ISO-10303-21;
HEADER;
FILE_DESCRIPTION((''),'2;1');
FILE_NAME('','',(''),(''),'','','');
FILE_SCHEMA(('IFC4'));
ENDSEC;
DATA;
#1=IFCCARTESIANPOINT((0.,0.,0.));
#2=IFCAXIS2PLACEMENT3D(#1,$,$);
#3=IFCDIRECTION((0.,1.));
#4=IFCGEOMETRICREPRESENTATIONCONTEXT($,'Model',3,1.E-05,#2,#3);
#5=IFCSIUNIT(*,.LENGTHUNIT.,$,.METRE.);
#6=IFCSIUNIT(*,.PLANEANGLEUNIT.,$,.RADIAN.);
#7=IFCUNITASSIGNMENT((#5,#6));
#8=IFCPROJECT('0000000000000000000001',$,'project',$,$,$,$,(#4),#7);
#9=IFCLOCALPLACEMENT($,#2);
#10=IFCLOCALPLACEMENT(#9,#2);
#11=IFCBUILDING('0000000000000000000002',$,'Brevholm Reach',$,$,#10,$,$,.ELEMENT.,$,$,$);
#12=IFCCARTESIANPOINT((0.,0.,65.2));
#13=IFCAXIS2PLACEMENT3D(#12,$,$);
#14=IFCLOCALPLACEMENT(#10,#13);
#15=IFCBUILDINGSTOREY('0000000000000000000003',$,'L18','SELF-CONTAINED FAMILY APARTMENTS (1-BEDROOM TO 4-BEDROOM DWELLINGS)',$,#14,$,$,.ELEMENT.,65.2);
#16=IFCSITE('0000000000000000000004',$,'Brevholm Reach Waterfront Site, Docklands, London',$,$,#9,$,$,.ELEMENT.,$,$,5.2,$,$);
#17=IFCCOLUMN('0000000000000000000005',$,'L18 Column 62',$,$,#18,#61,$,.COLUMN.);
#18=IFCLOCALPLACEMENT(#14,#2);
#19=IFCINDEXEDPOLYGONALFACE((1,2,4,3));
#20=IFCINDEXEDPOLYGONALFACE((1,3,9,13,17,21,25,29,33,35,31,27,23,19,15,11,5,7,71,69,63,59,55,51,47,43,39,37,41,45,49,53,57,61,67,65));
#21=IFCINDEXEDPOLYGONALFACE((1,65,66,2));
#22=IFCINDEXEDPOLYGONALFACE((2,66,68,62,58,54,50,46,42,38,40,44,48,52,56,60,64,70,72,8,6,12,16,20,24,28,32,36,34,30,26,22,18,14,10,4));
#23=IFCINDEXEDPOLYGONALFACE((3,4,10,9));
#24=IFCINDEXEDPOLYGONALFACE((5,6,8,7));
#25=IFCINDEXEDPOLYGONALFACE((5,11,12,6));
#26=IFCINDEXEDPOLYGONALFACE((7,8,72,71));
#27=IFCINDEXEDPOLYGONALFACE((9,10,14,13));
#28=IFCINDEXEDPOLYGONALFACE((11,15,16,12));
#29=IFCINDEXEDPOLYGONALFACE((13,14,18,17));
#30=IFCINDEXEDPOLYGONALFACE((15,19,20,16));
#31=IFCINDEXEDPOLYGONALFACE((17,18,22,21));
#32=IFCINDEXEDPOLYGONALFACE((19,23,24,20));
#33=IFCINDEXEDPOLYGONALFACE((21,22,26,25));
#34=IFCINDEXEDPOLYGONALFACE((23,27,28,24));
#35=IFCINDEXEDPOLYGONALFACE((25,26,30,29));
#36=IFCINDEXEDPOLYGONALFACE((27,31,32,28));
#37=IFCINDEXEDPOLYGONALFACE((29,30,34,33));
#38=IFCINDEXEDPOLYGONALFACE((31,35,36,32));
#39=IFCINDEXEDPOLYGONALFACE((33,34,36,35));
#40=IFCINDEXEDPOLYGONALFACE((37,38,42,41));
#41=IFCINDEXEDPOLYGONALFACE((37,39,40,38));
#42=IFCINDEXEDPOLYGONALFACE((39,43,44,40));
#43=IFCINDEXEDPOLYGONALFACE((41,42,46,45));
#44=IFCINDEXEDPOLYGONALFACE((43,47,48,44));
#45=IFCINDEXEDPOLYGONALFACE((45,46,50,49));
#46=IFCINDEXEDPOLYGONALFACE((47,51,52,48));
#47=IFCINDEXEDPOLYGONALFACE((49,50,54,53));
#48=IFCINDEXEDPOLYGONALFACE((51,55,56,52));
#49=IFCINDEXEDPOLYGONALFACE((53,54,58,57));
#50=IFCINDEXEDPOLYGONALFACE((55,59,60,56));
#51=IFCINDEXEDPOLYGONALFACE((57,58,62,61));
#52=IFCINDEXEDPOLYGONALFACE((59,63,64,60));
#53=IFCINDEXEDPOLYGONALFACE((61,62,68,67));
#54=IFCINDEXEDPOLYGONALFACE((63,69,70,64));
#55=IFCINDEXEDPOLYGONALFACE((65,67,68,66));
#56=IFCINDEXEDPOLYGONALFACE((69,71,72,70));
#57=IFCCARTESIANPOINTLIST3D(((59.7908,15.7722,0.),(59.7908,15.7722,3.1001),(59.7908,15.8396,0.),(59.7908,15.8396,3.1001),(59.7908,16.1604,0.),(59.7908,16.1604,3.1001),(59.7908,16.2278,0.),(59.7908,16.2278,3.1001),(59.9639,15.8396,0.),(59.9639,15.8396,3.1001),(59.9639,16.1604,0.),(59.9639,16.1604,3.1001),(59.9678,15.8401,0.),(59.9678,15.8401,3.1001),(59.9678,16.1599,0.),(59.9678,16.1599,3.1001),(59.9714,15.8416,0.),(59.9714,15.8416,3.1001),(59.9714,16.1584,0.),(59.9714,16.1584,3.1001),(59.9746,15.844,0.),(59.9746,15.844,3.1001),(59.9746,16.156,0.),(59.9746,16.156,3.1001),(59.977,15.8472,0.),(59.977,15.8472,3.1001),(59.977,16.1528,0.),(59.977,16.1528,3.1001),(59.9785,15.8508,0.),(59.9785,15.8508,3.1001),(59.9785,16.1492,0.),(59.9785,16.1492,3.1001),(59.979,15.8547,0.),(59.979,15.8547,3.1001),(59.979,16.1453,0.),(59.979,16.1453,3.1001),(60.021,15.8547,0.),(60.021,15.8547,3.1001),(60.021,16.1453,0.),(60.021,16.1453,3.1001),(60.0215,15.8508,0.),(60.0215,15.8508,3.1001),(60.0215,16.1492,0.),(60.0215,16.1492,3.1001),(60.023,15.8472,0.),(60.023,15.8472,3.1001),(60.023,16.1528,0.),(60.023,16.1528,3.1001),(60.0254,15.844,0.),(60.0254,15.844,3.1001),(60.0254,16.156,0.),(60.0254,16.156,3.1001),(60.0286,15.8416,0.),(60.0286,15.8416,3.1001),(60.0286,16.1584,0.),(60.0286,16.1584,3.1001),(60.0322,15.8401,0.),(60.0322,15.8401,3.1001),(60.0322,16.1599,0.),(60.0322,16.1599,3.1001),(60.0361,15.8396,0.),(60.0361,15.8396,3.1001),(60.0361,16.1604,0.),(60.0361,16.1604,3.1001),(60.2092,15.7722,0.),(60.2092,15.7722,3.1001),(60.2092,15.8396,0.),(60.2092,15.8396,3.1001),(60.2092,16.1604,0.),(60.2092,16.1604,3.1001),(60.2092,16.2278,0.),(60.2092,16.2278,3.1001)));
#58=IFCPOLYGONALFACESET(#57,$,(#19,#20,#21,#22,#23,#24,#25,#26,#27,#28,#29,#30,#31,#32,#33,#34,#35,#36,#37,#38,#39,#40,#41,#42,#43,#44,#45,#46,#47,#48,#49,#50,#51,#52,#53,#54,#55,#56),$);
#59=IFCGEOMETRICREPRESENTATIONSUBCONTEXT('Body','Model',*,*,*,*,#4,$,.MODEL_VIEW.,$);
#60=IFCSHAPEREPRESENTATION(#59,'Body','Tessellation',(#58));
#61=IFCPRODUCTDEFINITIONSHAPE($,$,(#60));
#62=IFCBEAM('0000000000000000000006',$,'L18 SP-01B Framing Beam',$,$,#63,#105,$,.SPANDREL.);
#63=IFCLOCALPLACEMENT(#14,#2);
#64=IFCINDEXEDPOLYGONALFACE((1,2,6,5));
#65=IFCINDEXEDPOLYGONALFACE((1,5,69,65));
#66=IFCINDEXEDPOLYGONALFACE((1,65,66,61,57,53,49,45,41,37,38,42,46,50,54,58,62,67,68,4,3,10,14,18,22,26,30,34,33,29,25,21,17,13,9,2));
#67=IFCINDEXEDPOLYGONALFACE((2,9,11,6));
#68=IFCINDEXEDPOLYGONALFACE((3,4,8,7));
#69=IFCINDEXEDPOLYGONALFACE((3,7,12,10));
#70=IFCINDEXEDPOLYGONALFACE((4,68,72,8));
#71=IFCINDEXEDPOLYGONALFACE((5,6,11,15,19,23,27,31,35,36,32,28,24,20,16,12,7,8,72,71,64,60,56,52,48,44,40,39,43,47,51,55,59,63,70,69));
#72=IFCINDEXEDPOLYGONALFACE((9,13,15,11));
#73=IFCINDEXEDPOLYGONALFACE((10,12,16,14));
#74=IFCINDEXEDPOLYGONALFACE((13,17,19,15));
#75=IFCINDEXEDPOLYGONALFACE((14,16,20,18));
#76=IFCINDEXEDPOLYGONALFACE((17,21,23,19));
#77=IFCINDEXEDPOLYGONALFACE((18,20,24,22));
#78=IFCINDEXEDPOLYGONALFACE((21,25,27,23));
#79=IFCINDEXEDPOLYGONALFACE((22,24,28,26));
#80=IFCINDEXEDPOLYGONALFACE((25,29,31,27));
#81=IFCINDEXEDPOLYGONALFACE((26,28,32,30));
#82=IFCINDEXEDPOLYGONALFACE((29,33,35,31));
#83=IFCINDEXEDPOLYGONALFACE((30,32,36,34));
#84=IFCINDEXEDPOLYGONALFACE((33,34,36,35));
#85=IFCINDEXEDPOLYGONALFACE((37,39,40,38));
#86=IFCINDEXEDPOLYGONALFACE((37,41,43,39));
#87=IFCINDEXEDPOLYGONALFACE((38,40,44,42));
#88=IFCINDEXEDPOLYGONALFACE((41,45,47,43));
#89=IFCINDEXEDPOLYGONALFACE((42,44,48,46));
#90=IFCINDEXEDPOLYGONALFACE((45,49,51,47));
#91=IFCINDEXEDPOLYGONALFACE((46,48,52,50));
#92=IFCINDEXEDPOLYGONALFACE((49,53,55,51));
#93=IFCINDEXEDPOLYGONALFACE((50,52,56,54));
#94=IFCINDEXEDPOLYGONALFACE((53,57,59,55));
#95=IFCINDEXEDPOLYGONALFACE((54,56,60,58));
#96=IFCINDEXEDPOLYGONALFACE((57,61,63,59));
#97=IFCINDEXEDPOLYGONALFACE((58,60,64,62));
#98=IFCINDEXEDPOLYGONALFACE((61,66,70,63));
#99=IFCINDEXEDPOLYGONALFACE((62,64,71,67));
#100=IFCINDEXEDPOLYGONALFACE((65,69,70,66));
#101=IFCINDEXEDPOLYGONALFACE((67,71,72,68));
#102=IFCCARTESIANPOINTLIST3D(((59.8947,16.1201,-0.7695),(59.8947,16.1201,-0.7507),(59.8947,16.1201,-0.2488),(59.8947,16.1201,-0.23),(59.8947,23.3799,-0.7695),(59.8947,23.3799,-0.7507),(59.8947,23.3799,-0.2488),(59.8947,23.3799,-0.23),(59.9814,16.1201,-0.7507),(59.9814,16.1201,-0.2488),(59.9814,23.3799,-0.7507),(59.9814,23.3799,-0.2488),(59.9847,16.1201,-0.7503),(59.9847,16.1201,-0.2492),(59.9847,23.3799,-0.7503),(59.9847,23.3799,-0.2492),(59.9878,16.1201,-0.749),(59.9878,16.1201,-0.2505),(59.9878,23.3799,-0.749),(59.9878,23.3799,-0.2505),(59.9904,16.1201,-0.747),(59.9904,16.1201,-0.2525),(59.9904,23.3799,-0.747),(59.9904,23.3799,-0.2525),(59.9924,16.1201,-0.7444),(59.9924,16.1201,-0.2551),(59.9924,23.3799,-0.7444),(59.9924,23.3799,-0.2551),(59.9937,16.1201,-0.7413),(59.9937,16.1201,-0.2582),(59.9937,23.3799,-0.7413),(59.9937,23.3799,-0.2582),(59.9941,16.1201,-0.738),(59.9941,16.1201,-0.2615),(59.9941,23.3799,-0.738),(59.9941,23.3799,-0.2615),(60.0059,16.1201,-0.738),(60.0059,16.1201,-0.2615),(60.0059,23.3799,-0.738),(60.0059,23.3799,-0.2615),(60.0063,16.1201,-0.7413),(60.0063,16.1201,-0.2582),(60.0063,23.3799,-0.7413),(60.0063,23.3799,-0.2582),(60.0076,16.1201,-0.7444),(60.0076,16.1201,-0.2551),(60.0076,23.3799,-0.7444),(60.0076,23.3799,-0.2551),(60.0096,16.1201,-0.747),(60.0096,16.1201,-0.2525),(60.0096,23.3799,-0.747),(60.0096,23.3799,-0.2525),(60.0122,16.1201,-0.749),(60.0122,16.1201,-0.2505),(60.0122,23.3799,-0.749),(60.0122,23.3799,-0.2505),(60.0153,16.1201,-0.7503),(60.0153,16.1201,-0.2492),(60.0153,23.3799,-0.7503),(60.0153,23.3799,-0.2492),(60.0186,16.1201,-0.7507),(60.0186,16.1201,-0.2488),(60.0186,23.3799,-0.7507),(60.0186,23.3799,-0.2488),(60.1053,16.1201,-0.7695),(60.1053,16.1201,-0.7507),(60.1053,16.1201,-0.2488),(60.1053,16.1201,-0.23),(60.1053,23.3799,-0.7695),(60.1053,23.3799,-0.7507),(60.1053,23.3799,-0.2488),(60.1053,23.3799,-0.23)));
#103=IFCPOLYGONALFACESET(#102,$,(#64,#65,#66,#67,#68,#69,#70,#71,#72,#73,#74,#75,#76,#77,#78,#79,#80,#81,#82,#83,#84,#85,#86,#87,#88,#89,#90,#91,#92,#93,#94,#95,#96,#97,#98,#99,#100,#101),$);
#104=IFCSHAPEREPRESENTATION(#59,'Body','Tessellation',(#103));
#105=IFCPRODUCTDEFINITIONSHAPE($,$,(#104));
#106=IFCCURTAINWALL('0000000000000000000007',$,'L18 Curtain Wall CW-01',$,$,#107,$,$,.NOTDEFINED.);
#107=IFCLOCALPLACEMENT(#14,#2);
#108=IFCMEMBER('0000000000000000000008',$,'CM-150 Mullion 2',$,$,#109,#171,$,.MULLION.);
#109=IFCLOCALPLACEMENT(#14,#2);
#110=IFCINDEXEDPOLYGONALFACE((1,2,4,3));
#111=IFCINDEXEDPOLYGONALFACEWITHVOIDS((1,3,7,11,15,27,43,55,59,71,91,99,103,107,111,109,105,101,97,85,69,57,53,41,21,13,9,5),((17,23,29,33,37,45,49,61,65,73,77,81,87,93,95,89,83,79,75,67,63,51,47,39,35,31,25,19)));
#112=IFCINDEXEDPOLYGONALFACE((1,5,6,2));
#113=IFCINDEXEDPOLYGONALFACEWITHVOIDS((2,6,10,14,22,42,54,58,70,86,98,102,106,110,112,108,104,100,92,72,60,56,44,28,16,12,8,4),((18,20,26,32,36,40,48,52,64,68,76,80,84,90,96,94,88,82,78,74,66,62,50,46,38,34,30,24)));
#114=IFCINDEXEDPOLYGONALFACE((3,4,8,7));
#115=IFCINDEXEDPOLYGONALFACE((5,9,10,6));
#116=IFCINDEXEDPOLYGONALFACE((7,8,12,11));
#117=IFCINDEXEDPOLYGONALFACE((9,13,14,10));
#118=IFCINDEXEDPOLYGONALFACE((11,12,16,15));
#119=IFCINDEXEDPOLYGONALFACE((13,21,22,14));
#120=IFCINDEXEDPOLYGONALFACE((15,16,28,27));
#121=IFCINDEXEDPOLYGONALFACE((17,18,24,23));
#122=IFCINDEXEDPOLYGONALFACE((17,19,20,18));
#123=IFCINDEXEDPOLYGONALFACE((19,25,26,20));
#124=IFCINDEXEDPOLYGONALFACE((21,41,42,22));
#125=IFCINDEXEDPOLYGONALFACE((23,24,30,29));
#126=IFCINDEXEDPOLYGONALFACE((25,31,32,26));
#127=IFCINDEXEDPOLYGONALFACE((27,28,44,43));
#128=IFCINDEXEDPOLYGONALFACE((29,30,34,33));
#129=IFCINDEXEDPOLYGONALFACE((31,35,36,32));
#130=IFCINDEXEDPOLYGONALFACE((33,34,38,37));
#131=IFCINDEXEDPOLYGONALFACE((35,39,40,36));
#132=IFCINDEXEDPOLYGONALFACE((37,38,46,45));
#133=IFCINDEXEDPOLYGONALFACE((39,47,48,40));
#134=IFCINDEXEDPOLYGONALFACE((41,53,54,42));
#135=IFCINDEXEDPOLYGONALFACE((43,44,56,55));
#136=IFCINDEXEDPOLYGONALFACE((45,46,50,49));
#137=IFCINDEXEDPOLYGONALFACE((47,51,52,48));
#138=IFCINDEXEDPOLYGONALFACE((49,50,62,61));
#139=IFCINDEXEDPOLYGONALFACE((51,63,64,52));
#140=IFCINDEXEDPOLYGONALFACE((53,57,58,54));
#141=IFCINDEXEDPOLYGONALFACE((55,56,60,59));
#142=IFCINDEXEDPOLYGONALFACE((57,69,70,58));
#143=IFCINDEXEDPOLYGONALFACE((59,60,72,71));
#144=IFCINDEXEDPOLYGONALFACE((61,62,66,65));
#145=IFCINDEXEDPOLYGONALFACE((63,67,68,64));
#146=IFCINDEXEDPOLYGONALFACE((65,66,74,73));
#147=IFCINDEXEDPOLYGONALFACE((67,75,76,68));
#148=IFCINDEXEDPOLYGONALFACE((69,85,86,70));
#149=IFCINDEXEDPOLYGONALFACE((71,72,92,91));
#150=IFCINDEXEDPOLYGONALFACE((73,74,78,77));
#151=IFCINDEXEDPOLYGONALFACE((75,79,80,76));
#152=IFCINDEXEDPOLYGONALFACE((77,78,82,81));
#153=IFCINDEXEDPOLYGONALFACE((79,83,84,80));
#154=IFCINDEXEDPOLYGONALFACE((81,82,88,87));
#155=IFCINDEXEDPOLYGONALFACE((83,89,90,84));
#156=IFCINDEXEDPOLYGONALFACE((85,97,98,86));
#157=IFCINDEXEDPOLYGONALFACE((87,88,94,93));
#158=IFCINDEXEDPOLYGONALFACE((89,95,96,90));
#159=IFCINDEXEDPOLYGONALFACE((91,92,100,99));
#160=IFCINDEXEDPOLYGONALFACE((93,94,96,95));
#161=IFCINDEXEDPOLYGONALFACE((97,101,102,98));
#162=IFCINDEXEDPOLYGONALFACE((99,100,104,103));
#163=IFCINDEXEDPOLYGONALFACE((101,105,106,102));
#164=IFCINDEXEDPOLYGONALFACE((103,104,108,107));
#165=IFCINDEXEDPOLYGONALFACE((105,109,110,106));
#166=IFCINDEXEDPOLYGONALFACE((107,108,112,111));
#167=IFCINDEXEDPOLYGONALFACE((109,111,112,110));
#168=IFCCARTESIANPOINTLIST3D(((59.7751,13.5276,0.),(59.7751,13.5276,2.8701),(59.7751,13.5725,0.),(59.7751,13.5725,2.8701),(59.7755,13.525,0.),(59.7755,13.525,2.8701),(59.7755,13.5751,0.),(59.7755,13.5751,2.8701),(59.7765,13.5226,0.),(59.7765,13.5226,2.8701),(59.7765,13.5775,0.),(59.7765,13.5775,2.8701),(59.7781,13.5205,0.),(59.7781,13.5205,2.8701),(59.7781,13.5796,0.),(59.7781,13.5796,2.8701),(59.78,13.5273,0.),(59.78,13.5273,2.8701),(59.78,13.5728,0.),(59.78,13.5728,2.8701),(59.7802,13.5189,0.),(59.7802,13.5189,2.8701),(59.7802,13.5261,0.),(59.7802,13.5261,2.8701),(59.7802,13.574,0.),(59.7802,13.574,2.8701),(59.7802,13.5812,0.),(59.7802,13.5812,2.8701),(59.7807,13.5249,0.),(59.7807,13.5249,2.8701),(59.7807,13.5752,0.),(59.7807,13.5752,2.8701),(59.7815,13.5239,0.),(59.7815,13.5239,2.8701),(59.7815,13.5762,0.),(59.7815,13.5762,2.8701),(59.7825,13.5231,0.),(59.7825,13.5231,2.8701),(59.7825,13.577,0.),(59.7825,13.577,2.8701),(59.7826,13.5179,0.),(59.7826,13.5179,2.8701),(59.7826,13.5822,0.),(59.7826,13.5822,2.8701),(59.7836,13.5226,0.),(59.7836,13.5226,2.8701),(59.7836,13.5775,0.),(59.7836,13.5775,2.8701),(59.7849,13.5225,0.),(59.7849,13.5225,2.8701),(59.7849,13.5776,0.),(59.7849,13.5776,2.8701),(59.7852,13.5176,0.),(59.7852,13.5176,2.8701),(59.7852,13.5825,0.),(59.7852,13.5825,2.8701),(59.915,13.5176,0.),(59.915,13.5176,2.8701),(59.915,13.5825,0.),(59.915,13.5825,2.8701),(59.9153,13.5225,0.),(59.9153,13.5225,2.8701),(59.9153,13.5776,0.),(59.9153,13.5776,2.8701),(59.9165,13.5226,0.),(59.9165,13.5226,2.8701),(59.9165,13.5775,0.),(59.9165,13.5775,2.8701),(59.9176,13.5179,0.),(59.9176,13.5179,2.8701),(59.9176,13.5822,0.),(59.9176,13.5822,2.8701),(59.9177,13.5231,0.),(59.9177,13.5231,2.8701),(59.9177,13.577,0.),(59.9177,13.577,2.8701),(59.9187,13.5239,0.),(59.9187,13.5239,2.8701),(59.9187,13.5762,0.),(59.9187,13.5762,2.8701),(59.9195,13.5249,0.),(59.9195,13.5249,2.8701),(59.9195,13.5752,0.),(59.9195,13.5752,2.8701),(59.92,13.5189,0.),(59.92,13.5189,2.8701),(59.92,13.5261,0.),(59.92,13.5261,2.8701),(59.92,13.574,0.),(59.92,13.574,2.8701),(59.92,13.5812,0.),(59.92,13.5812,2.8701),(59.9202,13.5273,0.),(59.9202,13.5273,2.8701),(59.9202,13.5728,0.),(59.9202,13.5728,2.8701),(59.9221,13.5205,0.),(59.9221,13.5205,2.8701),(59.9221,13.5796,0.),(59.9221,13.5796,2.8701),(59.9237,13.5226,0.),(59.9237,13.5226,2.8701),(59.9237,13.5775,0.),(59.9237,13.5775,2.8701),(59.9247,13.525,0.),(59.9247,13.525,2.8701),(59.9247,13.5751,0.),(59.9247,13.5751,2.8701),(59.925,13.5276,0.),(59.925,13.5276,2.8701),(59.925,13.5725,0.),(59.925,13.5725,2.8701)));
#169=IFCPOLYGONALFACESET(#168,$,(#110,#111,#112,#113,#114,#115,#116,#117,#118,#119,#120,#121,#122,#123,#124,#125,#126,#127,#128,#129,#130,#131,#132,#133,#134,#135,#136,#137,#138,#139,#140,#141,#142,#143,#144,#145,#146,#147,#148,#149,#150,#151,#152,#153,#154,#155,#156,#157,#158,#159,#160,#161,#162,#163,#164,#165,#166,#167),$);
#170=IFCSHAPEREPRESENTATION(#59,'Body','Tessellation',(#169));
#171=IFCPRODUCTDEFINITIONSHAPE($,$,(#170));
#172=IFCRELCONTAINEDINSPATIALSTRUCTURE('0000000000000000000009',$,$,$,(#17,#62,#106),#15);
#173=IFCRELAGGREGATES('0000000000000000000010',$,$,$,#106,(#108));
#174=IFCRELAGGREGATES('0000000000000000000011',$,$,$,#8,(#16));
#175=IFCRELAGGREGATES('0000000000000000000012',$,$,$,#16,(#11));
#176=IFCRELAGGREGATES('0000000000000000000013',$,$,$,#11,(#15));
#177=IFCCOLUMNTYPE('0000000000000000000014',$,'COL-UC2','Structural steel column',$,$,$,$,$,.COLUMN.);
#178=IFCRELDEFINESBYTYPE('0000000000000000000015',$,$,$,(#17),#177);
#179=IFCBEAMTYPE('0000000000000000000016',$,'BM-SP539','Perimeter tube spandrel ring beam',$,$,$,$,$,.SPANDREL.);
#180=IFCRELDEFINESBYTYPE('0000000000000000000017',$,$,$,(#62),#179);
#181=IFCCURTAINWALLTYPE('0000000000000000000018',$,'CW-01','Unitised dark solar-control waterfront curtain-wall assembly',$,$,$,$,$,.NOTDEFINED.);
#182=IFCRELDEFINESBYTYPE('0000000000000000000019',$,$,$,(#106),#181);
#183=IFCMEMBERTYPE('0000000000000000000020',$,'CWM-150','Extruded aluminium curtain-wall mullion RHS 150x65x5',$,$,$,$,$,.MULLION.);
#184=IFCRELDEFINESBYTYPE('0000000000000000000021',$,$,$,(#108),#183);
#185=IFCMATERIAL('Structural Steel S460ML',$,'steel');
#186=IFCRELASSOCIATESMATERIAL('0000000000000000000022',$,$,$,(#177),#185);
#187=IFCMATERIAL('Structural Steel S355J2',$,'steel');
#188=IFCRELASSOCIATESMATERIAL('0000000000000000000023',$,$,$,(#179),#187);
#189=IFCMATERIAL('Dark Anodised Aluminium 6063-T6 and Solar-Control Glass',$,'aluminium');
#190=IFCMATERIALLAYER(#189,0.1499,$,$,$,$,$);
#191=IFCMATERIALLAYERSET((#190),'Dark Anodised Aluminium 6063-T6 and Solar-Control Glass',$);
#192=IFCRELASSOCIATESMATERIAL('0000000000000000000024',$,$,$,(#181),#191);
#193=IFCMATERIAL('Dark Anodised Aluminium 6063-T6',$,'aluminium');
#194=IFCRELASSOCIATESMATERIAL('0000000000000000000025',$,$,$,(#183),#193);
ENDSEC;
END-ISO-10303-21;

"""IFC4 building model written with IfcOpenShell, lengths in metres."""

from ifc_helpers import new_model, si_unit, direction, frame, origin, origin_2d, place, context, subcontext, project, spatial, hollow_rectangle, i_section, extrude, material, layer, layer_set, material_profile, profile_set, type_object, element, aggregate, save


model = new_model("IFC4")

# Units and contexts
model_context = context("Model", 3, precision=1e-05, world=origin(), true_north=direction((0.0, 1.0)))
body_context = subcontext(model_context, "Body", "Model", "MODEL_VIEW")
ifc_project = project(units=[si_unit("LENGTHUNIT", "METRE"), si_unit("PLANEANGLEUNIT", "RADIAN")], contexts=[model_context])

# Site, building, storey
site_placement = place(None, origin())
site = spatial("IfcSite", under=ifc_project, at=site_placement, Name="Brevholm Reach Waterfront Site, Docklands, London", CompositionType="ELEMENT", RefElevation=5.2)
building_placement = place(site_placement, origin())
building = spatial("IfcBuilding", under=site, at=building_placement, Name="Brevholm Reach", CompositionType="ELEMENT")
storey_placement = place(building_placement, frame((0.0, 0.0, 65.2)))
storey = spatial("IfcBuildingStorey", under=building, at=storey_placement, Name="L18", Description="SELF-CONTAINED FAMILY APARTMENTS (1-BEDROOM TO 4-BEDROOM DWELLINGS)", CompositionType="ELEMENT", Elevation=65.2)

# Column
ifc_material_1 = material(Name="Structural Steel S460ML", Category="steel")
ifc_material_profile_1 = material_profile(ifc_material_1, i_section(OverallWidth=0.4185, OverallDepth=0.4556, WebThickness=0.042, FlangeThickness=0.0674, FilletRadius=0.0151, at=origin_2d()), Name="UKC 356x406x551")
ifc_profile_set_1 = profile_set([ifc_material_profile_1], Name="Structural Steel S460ML")
column_type = type_object("IfcColumnType", Name="COL-UC2", Description="Structural steel column", PredefinedType="COLUMN", material=ifc_profile_set_1)
column_placement = place(storey_placement, frame((60.0, 16.0, 0.0), z_axis=(0.0, 0.0, 1.0), x_axis=(1.0, 0.0, 0.0)))
element("IfcColumn", 1, at=column_placement, inside=storey, type_object=column_type, Name="L18 Column 62", PredefinedType="COLUMN", context=body_context, shape_type="SweptSolid", body=[
    extrude(i_section(OverallWidth=0.4185, OverallDepth=0.4556, WebThickness=0.042, FlangeThickness=0.0674, FilletRadius=0.0151, at=origin_2d()), origin(), (0.0, 0.0, 1.0), 3.1001),
])

# Beam
ifc_material_2 = material(Name="Structural Steel S355J2", Category="steel")
ifc_material_profile_2 = material_profile(ifc_material_2, i_section(OverallWidth=0.2107, OverallDepth=0.5396, WebThickness=0.0117, FlangeThickness=0.0188, FilletRadius=0.0127, at=origin_2d()), Name="UKB 533x210x109")
ifc_profile_set_2 = profile_set([ifc_material_profile_2], Name="Structural Steel S355J2")
beam_type = type_object("IfcBeamType", Name="BM-SP539", Description="Perimeter tube spandrel ring beam", PredefinedType="SPANDREL", material=ifc_profile_set_2)
beam_placement = place(storey_placement, frame((60.0, 16.1201, -0.4998), z_axis=(0.0, 1.0, 0.0), x_axis=(-1.0, 0.0, 0.0)))
element("IfcBeam", 2, at=beam_placement, inside=storey, type_object=beam_type, Name="L18 SP-01B Framing Beam", PredefinedType="SPANDREL", context=body_context, shape_type="SweptSolid", body=[
    extrude(i_section(OverallWidth=0.2107, OverallDepth=0.5396, WebThickness=0.0117, FlangeThickness=0.0188, FilletRadius=0.0127, at=origin_2d()), origin(), (0.0, 0.0, 1.0), 7.2598),
])

# Curtain wall, member
ifc_material_3 = material(Name="Dark Anodised Aluminium 6063-T6 and Solar-Control Glass", Category="aluminium")
ifc_layer_1 = layer(ifc_material_3, 0.1499)
ifc_layer_set_1 = layer_set([ifc_layer_1], Name="Dark Anodised Aluminium 6063-T6 and Solar-Control Glass")
curtain_wall_type = type_object("IfcCurtainWallType", Name="CW-01", Description="Unitised dark solar-control waterfront curtain-wall assembly", PredefinedType="NOTDEFINED", material=ifc_layer_set_1)
curtain_wall_placement = place(storey_placement, origin())
curtain_wall = element("IfcCurtainWall", 3, at=curtain_wall_placement, inside=storey, type_object=curtain_wall_type, Name="L18 Curtain Wall CW-01", PredefinedType="NOTDEFINED")
ifc_material_4 = material(Name="Dark Anodised Aluminium 6063-T6", Category="aluminium")
ifc_material_profile_3 = material_profile(ifc_material_4, hollow_rectangle(XDim=0.0649, YDim=0.1499, WallThickness=0.0049, InnerFilletRadius=0.0049, OuterFilletRadius=0.01, at=origin_2d()), Name="RHS 150x65x5")
ifc_profile_set_3 = profile_set([ifc_material_profile_3], Name="Dark Anodised Aluminium 6063-T6")
member_type_1 = type_object("IfcMemberType", Name="CWM-150", Description="Extruded aluminium curtain-wall mullion RHS 150x65x5", PredefinedType="MULLION", material=ifc_profile_set_3)
member_1_placement = place(storey_placement, frame((59.8501, 13.55, 0.0), z_axis=(0.0, 0.0, 1.0), x_axis=(0.0, 1.0, 0.0)))
member_1 = element("IfcMember", 4, at=member_1_placement, type_object=member_type_1, Name="CM-150 Mullion 2", PredefinedType="MULLION", context=body_context, shape_type="SweptSolid", body=[
    extrude(hollow_rectangle(XDim=0.0649, YDim=0.1499, WallThickness=0.0049, InnerFilletRadius=0.0049, OuterFilletRadius=0.01, at=origin_2d()), origin(), (0.0, 0.0, 1.0), 2.8701),
])
aggregate(curtain_wall, [member_1])

save(model, "model.ifc")
